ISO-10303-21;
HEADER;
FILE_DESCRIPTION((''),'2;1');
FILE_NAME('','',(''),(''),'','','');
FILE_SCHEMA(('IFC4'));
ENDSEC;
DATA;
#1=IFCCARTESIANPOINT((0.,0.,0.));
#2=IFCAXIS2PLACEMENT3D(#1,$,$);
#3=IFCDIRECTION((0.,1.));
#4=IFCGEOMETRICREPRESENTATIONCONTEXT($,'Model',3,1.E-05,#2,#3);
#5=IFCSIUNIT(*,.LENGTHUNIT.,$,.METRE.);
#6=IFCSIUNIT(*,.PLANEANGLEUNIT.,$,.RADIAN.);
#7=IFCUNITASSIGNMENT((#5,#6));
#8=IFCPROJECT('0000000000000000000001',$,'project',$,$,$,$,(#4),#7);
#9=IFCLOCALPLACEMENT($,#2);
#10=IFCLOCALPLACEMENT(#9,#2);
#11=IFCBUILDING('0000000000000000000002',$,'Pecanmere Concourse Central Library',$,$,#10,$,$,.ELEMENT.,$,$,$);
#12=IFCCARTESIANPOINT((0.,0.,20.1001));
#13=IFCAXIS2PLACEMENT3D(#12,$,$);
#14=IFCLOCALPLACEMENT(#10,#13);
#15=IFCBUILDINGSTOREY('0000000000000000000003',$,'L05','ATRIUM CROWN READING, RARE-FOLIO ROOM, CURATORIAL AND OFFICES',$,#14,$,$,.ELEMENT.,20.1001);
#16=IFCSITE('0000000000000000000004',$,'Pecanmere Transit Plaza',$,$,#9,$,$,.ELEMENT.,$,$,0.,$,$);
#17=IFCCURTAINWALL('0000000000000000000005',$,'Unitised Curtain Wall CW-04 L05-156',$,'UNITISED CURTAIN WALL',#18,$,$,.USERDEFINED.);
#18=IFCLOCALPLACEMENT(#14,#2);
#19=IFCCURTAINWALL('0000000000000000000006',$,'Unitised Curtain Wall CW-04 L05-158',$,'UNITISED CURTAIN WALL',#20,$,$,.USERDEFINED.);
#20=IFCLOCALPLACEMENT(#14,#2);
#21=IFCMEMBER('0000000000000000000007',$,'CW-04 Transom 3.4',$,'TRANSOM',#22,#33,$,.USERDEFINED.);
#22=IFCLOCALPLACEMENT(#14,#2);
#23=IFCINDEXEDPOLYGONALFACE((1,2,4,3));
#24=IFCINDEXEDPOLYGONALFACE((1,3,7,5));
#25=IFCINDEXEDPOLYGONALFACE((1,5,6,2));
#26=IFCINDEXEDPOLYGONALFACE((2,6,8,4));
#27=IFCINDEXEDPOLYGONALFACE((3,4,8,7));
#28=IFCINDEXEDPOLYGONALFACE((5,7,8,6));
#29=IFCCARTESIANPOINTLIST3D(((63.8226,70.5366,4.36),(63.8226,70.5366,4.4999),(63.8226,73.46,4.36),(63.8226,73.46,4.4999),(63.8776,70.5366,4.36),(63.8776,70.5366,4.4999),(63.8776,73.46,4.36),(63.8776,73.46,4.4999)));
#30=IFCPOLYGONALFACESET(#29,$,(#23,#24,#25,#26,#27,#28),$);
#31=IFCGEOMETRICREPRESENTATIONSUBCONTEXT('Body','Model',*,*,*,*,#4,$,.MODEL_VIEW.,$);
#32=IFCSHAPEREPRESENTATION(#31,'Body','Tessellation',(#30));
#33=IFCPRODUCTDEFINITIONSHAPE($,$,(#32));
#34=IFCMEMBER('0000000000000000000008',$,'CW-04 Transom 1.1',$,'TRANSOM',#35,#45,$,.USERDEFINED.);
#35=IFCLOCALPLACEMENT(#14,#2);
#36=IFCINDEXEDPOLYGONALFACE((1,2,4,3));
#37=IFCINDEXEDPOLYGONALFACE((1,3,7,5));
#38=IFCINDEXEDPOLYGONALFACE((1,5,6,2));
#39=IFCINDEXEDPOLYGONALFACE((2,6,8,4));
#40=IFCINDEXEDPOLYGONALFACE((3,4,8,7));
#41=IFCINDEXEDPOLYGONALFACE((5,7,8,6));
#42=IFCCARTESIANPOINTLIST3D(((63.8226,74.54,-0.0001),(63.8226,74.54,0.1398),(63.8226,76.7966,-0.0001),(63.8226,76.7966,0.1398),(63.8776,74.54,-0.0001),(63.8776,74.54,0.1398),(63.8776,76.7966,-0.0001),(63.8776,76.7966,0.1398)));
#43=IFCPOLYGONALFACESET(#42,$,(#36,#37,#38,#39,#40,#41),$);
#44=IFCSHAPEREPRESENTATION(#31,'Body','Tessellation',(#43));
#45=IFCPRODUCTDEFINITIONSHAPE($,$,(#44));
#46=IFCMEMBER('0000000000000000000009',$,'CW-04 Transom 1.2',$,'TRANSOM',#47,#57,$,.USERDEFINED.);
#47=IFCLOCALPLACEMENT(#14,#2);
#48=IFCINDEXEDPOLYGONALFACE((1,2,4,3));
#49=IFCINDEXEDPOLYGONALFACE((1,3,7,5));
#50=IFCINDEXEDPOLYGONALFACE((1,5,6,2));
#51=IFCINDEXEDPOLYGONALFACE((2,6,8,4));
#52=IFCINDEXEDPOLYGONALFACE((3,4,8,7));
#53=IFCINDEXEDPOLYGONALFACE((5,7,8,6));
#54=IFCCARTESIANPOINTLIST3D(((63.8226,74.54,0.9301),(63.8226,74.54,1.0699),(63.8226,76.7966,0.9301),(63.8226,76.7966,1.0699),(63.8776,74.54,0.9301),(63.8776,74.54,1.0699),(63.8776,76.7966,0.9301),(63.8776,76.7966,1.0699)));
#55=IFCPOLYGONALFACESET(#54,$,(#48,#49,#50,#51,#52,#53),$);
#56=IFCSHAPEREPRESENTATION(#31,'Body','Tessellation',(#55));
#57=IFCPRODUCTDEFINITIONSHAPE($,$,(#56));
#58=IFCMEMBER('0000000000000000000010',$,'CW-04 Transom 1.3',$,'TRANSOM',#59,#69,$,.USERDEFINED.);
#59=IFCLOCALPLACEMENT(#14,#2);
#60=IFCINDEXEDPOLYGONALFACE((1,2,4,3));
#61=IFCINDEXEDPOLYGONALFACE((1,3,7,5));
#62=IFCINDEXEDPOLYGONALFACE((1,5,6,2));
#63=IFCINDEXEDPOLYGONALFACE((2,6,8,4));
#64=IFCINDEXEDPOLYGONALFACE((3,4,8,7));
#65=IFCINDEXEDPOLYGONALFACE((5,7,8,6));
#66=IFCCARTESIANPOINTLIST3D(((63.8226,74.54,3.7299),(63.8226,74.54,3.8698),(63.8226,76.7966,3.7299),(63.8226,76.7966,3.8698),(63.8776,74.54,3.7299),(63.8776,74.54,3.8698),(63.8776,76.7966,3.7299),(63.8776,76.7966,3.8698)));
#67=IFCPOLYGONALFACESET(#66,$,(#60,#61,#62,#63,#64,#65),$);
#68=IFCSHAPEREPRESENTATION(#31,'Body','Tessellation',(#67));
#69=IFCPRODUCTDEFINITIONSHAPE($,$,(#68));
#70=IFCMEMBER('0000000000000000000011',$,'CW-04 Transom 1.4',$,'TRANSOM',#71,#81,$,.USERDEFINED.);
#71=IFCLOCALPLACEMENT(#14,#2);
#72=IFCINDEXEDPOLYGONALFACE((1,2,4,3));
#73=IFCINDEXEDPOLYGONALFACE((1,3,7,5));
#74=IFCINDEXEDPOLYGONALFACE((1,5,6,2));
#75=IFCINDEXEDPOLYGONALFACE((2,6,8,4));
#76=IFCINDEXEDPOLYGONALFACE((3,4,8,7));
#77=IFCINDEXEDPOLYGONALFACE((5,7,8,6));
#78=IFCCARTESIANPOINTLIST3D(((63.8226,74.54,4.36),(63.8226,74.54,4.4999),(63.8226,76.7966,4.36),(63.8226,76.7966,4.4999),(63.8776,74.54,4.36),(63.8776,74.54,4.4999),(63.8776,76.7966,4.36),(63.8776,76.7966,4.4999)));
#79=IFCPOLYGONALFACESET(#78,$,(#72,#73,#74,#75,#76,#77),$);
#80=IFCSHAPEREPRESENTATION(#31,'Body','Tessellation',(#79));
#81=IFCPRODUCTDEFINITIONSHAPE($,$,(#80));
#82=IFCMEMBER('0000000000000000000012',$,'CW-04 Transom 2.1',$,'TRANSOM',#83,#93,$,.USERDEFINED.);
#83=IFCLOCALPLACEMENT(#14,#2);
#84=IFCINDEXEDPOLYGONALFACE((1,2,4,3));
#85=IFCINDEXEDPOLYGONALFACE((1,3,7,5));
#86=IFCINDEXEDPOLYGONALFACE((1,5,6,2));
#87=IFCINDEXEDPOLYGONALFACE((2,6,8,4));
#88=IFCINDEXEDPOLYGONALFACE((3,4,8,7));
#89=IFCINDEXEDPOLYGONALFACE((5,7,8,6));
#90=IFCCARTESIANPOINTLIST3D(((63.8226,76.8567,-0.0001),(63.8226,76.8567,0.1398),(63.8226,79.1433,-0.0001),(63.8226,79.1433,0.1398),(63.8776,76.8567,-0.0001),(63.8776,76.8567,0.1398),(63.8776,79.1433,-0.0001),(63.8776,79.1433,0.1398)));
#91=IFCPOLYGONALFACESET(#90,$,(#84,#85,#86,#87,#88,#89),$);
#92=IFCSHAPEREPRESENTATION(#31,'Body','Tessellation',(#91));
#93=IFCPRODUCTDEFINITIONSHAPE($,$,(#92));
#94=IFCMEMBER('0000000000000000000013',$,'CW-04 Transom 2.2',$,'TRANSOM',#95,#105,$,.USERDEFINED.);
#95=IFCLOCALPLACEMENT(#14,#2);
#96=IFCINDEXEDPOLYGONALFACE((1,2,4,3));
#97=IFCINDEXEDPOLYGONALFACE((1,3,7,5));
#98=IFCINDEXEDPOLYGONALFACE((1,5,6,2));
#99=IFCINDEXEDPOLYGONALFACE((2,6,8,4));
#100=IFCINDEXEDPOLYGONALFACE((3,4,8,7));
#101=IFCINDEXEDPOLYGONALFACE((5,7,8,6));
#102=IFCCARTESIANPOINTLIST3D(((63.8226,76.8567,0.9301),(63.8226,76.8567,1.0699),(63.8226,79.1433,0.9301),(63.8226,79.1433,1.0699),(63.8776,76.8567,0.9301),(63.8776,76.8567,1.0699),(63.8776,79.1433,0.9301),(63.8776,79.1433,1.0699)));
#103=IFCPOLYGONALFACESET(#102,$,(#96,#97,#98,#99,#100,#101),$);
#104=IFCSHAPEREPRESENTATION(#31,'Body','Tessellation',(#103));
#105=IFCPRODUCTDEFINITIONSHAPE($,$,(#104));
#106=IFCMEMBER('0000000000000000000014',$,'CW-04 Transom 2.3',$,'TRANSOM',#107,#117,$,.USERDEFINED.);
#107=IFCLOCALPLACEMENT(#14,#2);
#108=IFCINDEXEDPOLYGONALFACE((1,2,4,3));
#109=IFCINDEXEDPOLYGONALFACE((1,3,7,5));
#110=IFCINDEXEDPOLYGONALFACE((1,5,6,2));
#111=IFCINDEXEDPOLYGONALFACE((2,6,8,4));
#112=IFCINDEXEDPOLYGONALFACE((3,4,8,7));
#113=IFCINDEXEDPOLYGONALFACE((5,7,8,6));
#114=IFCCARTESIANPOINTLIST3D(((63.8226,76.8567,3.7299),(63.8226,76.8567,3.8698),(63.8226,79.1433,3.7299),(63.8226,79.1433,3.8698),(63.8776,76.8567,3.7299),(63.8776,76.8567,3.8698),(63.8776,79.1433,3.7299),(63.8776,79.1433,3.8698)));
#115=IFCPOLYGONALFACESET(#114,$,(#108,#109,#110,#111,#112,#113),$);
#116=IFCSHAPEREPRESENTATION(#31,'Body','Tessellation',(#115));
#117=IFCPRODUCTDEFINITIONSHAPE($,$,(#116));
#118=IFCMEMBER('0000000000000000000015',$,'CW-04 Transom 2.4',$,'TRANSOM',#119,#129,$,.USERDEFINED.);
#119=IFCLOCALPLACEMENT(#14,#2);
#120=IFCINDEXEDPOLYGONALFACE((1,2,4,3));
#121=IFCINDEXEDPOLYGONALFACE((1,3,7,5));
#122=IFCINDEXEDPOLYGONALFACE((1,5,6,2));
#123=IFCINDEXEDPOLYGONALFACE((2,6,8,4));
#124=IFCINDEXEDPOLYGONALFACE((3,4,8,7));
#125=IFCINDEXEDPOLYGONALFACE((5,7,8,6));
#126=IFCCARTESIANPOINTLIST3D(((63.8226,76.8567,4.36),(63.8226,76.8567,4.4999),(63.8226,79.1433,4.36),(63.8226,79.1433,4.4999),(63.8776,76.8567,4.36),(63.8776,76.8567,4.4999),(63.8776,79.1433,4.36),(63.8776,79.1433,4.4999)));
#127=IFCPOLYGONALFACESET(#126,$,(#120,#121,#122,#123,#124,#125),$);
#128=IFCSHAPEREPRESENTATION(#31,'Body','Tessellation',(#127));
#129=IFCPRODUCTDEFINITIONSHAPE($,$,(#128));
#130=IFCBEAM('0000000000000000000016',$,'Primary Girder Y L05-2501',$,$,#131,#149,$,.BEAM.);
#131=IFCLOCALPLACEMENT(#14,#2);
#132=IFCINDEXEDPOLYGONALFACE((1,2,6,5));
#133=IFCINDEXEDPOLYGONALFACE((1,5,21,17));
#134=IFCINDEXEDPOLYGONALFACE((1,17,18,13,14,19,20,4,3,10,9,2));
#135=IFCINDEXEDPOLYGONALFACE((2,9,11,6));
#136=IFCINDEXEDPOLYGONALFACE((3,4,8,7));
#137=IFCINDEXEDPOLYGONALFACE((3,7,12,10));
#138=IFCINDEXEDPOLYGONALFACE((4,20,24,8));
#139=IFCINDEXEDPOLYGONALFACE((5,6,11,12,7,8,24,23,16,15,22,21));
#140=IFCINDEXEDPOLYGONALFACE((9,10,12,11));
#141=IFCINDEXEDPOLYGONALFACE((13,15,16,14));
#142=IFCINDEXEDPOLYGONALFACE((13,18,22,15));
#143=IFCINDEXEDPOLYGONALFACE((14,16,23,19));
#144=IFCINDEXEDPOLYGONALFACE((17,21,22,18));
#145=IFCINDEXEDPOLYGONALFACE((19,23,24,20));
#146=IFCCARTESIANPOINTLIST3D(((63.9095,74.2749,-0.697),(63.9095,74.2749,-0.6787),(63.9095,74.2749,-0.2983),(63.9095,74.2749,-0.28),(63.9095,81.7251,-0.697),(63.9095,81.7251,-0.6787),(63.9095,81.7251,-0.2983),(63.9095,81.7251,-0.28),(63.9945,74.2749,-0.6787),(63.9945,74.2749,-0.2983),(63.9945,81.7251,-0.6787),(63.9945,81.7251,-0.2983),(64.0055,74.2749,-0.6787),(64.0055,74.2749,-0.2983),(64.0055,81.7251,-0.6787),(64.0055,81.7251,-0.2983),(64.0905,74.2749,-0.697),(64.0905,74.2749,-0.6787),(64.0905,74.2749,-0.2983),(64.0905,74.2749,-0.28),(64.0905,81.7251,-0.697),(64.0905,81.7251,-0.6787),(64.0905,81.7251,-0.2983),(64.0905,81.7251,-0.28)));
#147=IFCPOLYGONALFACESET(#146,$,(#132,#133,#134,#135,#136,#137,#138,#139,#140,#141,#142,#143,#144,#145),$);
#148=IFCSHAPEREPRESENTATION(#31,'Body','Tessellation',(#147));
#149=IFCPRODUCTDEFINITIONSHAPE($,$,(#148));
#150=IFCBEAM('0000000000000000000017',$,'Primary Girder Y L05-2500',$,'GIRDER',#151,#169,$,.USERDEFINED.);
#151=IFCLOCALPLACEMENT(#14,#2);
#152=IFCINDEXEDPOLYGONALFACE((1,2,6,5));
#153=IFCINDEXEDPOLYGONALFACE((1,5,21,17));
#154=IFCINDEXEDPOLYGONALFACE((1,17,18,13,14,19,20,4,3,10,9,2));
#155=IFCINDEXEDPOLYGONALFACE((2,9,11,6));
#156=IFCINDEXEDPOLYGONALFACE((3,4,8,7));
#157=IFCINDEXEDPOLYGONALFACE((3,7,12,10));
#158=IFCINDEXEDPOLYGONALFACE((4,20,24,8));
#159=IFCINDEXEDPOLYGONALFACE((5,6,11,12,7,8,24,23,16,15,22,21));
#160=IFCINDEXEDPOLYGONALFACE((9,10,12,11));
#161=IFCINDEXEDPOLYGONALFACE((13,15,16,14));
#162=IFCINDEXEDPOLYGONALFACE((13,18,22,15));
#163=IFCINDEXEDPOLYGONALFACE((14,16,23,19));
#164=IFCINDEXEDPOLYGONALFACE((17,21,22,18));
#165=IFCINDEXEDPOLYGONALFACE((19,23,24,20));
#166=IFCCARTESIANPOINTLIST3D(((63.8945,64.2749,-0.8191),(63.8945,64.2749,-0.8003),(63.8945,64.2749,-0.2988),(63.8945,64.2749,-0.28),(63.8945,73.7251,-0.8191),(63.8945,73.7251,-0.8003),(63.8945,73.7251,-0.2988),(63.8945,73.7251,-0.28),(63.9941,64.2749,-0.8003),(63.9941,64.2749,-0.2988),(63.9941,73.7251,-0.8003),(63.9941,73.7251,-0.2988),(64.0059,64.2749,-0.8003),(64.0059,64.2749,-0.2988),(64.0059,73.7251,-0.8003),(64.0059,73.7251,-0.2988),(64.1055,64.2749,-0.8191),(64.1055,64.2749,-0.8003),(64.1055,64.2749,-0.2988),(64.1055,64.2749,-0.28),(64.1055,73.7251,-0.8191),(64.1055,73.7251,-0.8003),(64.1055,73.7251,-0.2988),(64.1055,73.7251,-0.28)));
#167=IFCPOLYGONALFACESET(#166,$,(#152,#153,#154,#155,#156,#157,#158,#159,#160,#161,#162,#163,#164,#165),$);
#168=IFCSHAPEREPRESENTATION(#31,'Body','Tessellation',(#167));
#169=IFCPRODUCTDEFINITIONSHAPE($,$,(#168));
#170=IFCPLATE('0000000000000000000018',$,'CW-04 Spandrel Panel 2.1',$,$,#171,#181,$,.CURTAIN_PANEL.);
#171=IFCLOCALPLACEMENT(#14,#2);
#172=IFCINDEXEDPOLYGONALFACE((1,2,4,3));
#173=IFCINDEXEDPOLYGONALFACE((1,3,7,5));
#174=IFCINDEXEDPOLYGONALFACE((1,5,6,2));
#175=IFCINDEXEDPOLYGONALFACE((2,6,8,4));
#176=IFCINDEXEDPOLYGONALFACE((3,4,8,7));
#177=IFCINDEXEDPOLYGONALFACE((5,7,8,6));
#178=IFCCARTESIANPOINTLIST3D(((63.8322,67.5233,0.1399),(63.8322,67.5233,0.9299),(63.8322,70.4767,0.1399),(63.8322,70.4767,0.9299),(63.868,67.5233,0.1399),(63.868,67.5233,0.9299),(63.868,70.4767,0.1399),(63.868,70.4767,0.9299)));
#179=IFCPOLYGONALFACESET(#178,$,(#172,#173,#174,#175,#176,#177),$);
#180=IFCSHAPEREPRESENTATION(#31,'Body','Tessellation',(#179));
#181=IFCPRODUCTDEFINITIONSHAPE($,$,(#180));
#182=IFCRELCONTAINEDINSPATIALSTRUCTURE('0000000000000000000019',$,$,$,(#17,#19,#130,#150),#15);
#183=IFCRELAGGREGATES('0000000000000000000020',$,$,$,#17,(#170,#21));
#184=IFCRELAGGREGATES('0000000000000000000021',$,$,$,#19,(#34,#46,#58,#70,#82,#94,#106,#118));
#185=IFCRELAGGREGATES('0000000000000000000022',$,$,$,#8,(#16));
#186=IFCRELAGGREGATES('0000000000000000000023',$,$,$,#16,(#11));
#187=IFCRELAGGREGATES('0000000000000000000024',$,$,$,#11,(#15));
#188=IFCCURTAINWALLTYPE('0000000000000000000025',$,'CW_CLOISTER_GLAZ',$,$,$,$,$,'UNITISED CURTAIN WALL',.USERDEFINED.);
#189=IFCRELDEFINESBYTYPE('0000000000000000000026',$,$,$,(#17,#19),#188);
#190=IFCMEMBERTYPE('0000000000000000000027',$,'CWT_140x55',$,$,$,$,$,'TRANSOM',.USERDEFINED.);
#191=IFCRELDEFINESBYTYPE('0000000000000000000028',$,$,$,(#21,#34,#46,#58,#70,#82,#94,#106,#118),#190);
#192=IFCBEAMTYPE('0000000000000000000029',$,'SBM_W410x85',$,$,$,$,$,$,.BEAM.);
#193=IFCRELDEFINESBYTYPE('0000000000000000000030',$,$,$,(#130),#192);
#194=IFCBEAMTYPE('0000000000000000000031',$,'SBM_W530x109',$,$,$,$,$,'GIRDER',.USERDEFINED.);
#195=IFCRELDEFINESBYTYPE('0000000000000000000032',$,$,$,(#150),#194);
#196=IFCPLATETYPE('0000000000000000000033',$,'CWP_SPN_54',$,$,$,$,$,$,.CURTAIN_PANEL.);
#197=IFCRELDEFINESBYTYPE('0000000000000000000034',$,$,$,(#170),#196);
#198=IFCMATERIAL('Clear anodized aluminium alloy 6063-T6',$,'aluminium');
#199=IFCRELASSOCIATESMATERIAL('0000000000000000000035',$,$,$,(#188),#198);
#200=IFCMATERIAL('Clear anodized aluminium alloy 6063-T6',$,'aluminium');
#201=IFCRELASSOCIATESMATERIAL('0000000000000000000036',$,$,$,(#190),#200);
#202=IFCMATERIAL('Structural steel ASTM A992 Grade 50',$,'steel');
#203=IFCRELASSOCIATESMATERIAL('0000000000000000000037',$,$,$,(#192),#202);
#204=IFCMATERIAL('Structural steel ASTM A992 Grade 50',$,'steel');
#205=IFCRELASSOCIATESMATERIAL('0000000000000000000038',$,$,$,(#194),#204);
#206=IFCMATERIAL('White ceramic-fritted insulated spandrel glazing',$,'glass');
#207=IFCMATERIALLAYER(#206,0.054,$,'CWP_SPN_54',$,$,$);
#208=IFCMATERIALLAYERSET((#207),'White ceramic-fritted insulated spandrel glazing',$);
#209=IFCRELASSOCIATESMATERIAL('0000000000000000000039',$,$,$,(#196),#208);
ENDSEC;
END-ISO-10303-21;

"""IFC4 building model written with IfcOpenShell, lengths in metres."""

from ifc_helpers import new_model, si_unit, direction, frame, origin, origin_2d, place, context, subcontext, project, spatial, rectangle, i_section, extrude, material, layer, layer_set, material_profile, profile_set, type_object, element, aggregate, save


model = new_model("IFC4")

# Units and contexts
model_context = context("Model", 3, precision=1e-05, world=origin(), true_north=direction((0.0, 1.0)))
body_context = subcontext(model_context, "Body", "Model", "MODEL_VIEW")
ifc_project = project(units=[si_unit("LENGTHUNIT", "METRE"), si_unit("PLANEANGLEUNIT", "RADIAN")], contexts=[model_context])

# Site, building, storey
site_placement = place(None, origin())
site = spatial("IfcSite", under=ifc_project, at=site_placement, Name="Pecanmere Transit Plaza", CompositionType="ELEMENT", RefElevation=0.0)
building_placement = place(site_placement, origin())
building = spatial("IfcBuilding", under=site, at=building_placement, Name="Pecanmere Concourse Central Library", CompositionType="ELEMENT")
storey_placement = place(building_placement, frame((0.0, 0.0, 20.1001)))
storey = spatial("IfcBuildingStorey", under=building, at=storey_placement, Name="L05", Description="ATRIUM CROWN READING, RARE-FOLIO ROOM, CURATORIAL AND OFFICES", CompositionType="ELEMENT", Elevation=20.1001)

# Curtain walls
ifc_material_1 = material(Name="Clear anodized aluminium alloy 6063-T6", Category="aluminium")
curtain_wall_type = type_object("IfcCurtainWallType", Name="CW_CLOISTER_GLAZ", ElementType="UNITISED CURTAIN WALL", PredefinedType="USERDEFINED", material=ifc_material_1)
curtain_wall_1_placement = place(storey_placement, origin())
curtain_wall_1 = element("IfcCurtainWall", 1, at=curtain_wall_1_placement, inside=storey, type_object=curtain_wall_type, Name="Unitised Curtain Wall CW-04 L05-156", ObjectType="UNITISED CURTAIN WALL", PredefinedType="USERDEFINED")
curtain_wall_2_placement = place(storey_placement, origin())
curtain_wall_2 = element("IfcCurtainWall", 2, at=curtain_wall_2_placement, inside=storey, type_object=curtain_wall_type, Name="Unitised Curtain Wall CW-04 L05-158", ObjectType="UNITISED CURTAIN WALL", PredefinedType="USERDEFINED")

# Members
ifc_material_2 = material(Name="Clear anodized aluminium alloy 6063-T6", Category="aluminium")
ifc_material_profile_1 = material_profile(ifc_material_2, rectangle(XDim=0.0549, YDim=0.1399, at=origin_2d()), Name="AL 55x140")
ifc_profile_set_1 = profile_set([ifc_material_profile_1], Name="Clear anodized aluminium alloy 6063-T6")
member_type_1 = type_object("IfcMemberType", Name="CWT_140x55", ElementType="TRANSOM", PredefinedType="USERDEFINED", material=ifc_profile_set_1)
member_1_placement = place(storey_placement, frame((63.8501, 70.5366, 4.4299), z_axis=(0.0, 1.0, 0.0), x_axis=(-1.0, 0.0, 0.0)))
member_1 = element("IfcMember", 3, at=member_1_placement, type_object=member_type_1, Name="CW-04 Transom 3.4", ObjectType="TRANSOM", PredefinedType="USERDEFINED", context=body_context, shape_type="SweptSolid", body=[
    extrude(rectangle(XDim=0.0549, YDim=0.1399, at=origin_2d()), origin(), (0.0, 0.0, 1.0), 2.9233),
])
member_2_placement = place(storey_placement, frame((63.8501, 74.54, 0.0698), z_axis=(0.0, 1.0, 0.0), x_axis=(-1.0, 0.0, 0.0)))
member_2 = element("IfcMember", 4, at=member_2_placement, type_object=member_type_1, Name="CW-04 Transom 1.1", ObjectType="TRANSOM", PredefinedType="USERDEFINED", context=body_context, shape_type="SweptSolid", body=[
    extrude(rectangle(XDim=0.0549, YDim=0.1399, at=origin_2d()), origin(), (0.0, 0.0, 1.0), 2.2566),
])
member_3_placement = place(storey_placement, frame((63.8501, 74.54, 1.0), z_axis=(0.0, 1.0, 0.0), x_axis=(-1.0, 0.0, 0.0)))
member_3 = element("IfcMember", 5, at=member_3_placement, type_object=member_type_1, Name="CW-04 Transom 1.2", ObjectType="TRANSOM", PredefinedType="USERDEFINED", context=body_context, shape_type="SweptSolid", body=[
    extrude(rectangle(XDim=0.0549, YDim=0.1399, at=origin_2d()), origin(), (0.0, 0.0, 1.0), 2.2566),
])
member_4_placement = place(storey_placement, frame((63.8501, 74.54, 3.7998), z_axis=(0.0, 1.0, 0.0), x_axis=(-1.0, 0.0, 0.0)))
member_4 = element("IfcMember", 6, at=member_4_placement, type_object=member_type_1, Name="CW-04 Transom 1.3", ObjectType="TRANSOM", PredefinedType="USERDEFINED", context=body_context, shape_type="SweptSolid", body=[
    extrude(rectangle(XDim=0.0549, YDim=0.1399, at=origin_2d()), origin(), (0.0, 0.0, 1.0), 2.2566),
])
member_5_placement = place(storey_placement, frame((63.8501, 74.54, 4.4299), z_axis=(0.0, 1.0, 0.0), x_axis=(-1.0, 0.0, 0.0)))
member_5 = element("IfcMember", 7, at=member_5_placement, type_object=member_type_1, Name="CW-04 Transom 1.4", ObjectType="TRANSOM", PredefinedType="USERDEFINED", context=body_context, shape_type="SweptSolid", body=[
    extrude(rectangle(XDim=0.0549, YDim=0.1399, at=origin_2d()), origin(), (0.0, 0.0, 1.0), 2.2566),
])
member_6_placement = place(storey_placement, frame((63.8501, 76.8567, 0.0698), z_axis=(0.0, 1.0, 0.0), x_axis=(-1.0, 0.0, 0.0)))
member_6 = element("IfcMember", 8, at=member_6_placement, type_object=member_type_1, Name="CW-04 Transom 2.1", ObjectType="TRANSOM", PredefinedType="USERDEFINED", context=body_context, shape_type="SweptSolid", body=[
    extrude(rectangle(XDim=0.0549, YDim=0.1399, at=origin_2d()), origin(), (0.0, 0.0, 1.0), 2.2866),
])
member_7_placement = place(storey_placement, frame((63.8501, 76.8567, 1.0), z_axis=(0.0, 1.0, 0.0), x_axis=(-1.0, 0.0, 0.0)))
member_7 = element("IfcMember", 9, at=member_7_placement, type_object=member_type_1, Name="CW-04 Transom 2.2", ObjectType="TRANSOM", PredefinedType="USERDEFINED", context=body_context, shape_type="SweptSolid", body=[
    extrude(rectangle(XDim=0.0549, YDim=0.1399, at=origin_2d()), origin(), (0.0, 0.0, 1.0), 2.2866),
])
member_8_placement = place(storey_placement, frame((63.8501, 76.8567, 3.7998), z_axis=(0.0, 1.0, 0.0), x_axis=(-1.0, 0.0, 0.0)))
member_8 = element("IfcMember", 10, at=member_8_placement, type_object=member_type_1, Name="CW-04 Transom 2.3", ObjectType="TRANSOM", PredefinedType="USERDEFINED", context=body_context, shape_type="SweptSolid", body=[
    extrude(rectangle(XDim=0.0549, YDim=0.1399, at=origin_2d()), origin(), (0.0, 0.0, 1.0), 2.2866),
])
member_9_placement = place(storey_placement, frame((63.8501, 76.8567, 4.4299), z_axis=(0.0, 1.0, 0.0), x_axis=(-1.0, 0.0, 0.0)))
member_9 = element("IfcMember", 11, at=member_9_placement, type_object=member_type_1, Name="CW-04 Transom 2.4", ObjectType="TRANSOM", PredefinedType="USERDEFINED", context=body_context, shape_type="SweptSolid", body=[
    extrude(rectangle(XDim=0.0549, YDim=0.1399, at=origin_2d()), origin(), (0.0, 0.0, 1.0), 2.2866),
])

# Beams
ifc_material_3 = material(Name="Structural steel ASTM A992 Grade 50", Category="steel")
ifc_material_profile_2 = material_profile(ifc_material_3, i_section(OverallWidth=0.1809, OverallDepth=0.417, WebThickness=0.011, FlangeThickness=0.0183, at=origin_2d()), Name="W410x85")
ifc_profile_set_2 = profile_set([ifc_material_profile_2], Name="Structural steel ASTM A992 Grade 50")
beam_type_1 = type_object("IfcBeamType", Name="SBM_W410x85", PredefinedType="BEAM", material=ifc_profile_set_2)
beam_1_placement = place(storey_placement, frame((64.0, 74.2749, -0.4885), z_axis=(0.0, 1.0, 0.0), x_axis=(-1.0, 0.0, 0.0)))
element("IfcBeam", 12, at=beam_1_placement, inside=storey, type_object=beam_type_1, Name="Primary Girder Y L05-2501", PredefinedType="BEAM", context=body_context, shape_type="SweptSolid", body=[
    extrude(i_section(OverallWidth=0.1809, OverallDepth=0.417, WebThickness=0.011, FlangeThickness=0.0183, at=origin_2d()), origin(), (0.0, 0.0, 1.0), 7.4502),
])
ifc_material_4 = material(Name="Structural steel ASTM A992 Grade 50", Category="steel")
ifc_material_profile_3 = material_profile(ifc_material_4, i_section(OverallWidth=0.2109, OverallDepth=0.5391, WebThickness=0.0117, FlangeThickness=0.0188, at=origin_2d()), Name="W530x109")
ifc_profile_set_3 = profile_set([ifc_material_profile_3], Name="Structural steel ASTM A992 Grade 50")
beam_type_2 = type_object("IfcBeamType", Name="SBM_W530x109", ElementType="GIRDER", PredefinedType="USERDEFINED", material=ifc_profile_set_3)
beam_2_placement = place(storey_placement, frame((64.0, 64.2749, -0.5496), z_axis=(0.0, 1.0, 0.0), x_axis=(-1.0, 0.0, 0.0)))
element("IfcBeam", 13, at=beam_2_placement, inside=storey, type_object=beam_type_2, Name="Primary Girder Y L05-2500", ObjectType="GIRDER", PredefinedType="USERDEFINED", context=body_context, shape_type="SweptSolid", body=[
    extrude(i_section(OverallWidth=0.2109, OverallDepth=0.5391, WebThickness=0.0117, FlangeThickness=0.0188, at=origin_2d()), origin(), (0.0, 0.0, 1.0), 9.4502),
])

# Plate
ifc_material_5 = material(Name="White ceramic-fritted insulated spandrel glazing", Category="glass")
ifc_layer_1 = layer(ifc_material_5, 0.054, Name="CWP_SPN_54")
ifc_layer_set_1 = layer_set([ifc_layer_1], Name="White ceramic-fritted insulated spandrel glazing")
plate_type_1 = type_object("IfcPlateType", Name="CWP_SPN_54", PredefinedType="CURTAIN_PANEL", material=ifc_layer_set_1)
plate_1_placement = place(storey_placement, frame((63.8501, 69.0, 0.1399), z_axis=(0.0, 0.0, 1.0), x_axis=(0.0, 1.0, 0.0)))
plate_1 = element("IfcPlate", 14, at=plate_1_placement, type_object=plate_type_1, Name="CW-04 Spandrel Panel 2.1", PredefinedType="CURTAIN_PANEL", context=body_context, shape_type="SweptSolid", body=[
    extrude(rectangle(XDim=2.9534, YDim=0.0359, at=origin_2d()), origin(), (0.0, 0.0, 1.0), 0.79),
])
aggregate(curtain_wall_1, [plate_1, member_1])
aggregate(curtain_wall_2, [member_2, member_3, member_4, member_5, member_6, member_7, member_8, member_9])

save(model, "model.ifc")
